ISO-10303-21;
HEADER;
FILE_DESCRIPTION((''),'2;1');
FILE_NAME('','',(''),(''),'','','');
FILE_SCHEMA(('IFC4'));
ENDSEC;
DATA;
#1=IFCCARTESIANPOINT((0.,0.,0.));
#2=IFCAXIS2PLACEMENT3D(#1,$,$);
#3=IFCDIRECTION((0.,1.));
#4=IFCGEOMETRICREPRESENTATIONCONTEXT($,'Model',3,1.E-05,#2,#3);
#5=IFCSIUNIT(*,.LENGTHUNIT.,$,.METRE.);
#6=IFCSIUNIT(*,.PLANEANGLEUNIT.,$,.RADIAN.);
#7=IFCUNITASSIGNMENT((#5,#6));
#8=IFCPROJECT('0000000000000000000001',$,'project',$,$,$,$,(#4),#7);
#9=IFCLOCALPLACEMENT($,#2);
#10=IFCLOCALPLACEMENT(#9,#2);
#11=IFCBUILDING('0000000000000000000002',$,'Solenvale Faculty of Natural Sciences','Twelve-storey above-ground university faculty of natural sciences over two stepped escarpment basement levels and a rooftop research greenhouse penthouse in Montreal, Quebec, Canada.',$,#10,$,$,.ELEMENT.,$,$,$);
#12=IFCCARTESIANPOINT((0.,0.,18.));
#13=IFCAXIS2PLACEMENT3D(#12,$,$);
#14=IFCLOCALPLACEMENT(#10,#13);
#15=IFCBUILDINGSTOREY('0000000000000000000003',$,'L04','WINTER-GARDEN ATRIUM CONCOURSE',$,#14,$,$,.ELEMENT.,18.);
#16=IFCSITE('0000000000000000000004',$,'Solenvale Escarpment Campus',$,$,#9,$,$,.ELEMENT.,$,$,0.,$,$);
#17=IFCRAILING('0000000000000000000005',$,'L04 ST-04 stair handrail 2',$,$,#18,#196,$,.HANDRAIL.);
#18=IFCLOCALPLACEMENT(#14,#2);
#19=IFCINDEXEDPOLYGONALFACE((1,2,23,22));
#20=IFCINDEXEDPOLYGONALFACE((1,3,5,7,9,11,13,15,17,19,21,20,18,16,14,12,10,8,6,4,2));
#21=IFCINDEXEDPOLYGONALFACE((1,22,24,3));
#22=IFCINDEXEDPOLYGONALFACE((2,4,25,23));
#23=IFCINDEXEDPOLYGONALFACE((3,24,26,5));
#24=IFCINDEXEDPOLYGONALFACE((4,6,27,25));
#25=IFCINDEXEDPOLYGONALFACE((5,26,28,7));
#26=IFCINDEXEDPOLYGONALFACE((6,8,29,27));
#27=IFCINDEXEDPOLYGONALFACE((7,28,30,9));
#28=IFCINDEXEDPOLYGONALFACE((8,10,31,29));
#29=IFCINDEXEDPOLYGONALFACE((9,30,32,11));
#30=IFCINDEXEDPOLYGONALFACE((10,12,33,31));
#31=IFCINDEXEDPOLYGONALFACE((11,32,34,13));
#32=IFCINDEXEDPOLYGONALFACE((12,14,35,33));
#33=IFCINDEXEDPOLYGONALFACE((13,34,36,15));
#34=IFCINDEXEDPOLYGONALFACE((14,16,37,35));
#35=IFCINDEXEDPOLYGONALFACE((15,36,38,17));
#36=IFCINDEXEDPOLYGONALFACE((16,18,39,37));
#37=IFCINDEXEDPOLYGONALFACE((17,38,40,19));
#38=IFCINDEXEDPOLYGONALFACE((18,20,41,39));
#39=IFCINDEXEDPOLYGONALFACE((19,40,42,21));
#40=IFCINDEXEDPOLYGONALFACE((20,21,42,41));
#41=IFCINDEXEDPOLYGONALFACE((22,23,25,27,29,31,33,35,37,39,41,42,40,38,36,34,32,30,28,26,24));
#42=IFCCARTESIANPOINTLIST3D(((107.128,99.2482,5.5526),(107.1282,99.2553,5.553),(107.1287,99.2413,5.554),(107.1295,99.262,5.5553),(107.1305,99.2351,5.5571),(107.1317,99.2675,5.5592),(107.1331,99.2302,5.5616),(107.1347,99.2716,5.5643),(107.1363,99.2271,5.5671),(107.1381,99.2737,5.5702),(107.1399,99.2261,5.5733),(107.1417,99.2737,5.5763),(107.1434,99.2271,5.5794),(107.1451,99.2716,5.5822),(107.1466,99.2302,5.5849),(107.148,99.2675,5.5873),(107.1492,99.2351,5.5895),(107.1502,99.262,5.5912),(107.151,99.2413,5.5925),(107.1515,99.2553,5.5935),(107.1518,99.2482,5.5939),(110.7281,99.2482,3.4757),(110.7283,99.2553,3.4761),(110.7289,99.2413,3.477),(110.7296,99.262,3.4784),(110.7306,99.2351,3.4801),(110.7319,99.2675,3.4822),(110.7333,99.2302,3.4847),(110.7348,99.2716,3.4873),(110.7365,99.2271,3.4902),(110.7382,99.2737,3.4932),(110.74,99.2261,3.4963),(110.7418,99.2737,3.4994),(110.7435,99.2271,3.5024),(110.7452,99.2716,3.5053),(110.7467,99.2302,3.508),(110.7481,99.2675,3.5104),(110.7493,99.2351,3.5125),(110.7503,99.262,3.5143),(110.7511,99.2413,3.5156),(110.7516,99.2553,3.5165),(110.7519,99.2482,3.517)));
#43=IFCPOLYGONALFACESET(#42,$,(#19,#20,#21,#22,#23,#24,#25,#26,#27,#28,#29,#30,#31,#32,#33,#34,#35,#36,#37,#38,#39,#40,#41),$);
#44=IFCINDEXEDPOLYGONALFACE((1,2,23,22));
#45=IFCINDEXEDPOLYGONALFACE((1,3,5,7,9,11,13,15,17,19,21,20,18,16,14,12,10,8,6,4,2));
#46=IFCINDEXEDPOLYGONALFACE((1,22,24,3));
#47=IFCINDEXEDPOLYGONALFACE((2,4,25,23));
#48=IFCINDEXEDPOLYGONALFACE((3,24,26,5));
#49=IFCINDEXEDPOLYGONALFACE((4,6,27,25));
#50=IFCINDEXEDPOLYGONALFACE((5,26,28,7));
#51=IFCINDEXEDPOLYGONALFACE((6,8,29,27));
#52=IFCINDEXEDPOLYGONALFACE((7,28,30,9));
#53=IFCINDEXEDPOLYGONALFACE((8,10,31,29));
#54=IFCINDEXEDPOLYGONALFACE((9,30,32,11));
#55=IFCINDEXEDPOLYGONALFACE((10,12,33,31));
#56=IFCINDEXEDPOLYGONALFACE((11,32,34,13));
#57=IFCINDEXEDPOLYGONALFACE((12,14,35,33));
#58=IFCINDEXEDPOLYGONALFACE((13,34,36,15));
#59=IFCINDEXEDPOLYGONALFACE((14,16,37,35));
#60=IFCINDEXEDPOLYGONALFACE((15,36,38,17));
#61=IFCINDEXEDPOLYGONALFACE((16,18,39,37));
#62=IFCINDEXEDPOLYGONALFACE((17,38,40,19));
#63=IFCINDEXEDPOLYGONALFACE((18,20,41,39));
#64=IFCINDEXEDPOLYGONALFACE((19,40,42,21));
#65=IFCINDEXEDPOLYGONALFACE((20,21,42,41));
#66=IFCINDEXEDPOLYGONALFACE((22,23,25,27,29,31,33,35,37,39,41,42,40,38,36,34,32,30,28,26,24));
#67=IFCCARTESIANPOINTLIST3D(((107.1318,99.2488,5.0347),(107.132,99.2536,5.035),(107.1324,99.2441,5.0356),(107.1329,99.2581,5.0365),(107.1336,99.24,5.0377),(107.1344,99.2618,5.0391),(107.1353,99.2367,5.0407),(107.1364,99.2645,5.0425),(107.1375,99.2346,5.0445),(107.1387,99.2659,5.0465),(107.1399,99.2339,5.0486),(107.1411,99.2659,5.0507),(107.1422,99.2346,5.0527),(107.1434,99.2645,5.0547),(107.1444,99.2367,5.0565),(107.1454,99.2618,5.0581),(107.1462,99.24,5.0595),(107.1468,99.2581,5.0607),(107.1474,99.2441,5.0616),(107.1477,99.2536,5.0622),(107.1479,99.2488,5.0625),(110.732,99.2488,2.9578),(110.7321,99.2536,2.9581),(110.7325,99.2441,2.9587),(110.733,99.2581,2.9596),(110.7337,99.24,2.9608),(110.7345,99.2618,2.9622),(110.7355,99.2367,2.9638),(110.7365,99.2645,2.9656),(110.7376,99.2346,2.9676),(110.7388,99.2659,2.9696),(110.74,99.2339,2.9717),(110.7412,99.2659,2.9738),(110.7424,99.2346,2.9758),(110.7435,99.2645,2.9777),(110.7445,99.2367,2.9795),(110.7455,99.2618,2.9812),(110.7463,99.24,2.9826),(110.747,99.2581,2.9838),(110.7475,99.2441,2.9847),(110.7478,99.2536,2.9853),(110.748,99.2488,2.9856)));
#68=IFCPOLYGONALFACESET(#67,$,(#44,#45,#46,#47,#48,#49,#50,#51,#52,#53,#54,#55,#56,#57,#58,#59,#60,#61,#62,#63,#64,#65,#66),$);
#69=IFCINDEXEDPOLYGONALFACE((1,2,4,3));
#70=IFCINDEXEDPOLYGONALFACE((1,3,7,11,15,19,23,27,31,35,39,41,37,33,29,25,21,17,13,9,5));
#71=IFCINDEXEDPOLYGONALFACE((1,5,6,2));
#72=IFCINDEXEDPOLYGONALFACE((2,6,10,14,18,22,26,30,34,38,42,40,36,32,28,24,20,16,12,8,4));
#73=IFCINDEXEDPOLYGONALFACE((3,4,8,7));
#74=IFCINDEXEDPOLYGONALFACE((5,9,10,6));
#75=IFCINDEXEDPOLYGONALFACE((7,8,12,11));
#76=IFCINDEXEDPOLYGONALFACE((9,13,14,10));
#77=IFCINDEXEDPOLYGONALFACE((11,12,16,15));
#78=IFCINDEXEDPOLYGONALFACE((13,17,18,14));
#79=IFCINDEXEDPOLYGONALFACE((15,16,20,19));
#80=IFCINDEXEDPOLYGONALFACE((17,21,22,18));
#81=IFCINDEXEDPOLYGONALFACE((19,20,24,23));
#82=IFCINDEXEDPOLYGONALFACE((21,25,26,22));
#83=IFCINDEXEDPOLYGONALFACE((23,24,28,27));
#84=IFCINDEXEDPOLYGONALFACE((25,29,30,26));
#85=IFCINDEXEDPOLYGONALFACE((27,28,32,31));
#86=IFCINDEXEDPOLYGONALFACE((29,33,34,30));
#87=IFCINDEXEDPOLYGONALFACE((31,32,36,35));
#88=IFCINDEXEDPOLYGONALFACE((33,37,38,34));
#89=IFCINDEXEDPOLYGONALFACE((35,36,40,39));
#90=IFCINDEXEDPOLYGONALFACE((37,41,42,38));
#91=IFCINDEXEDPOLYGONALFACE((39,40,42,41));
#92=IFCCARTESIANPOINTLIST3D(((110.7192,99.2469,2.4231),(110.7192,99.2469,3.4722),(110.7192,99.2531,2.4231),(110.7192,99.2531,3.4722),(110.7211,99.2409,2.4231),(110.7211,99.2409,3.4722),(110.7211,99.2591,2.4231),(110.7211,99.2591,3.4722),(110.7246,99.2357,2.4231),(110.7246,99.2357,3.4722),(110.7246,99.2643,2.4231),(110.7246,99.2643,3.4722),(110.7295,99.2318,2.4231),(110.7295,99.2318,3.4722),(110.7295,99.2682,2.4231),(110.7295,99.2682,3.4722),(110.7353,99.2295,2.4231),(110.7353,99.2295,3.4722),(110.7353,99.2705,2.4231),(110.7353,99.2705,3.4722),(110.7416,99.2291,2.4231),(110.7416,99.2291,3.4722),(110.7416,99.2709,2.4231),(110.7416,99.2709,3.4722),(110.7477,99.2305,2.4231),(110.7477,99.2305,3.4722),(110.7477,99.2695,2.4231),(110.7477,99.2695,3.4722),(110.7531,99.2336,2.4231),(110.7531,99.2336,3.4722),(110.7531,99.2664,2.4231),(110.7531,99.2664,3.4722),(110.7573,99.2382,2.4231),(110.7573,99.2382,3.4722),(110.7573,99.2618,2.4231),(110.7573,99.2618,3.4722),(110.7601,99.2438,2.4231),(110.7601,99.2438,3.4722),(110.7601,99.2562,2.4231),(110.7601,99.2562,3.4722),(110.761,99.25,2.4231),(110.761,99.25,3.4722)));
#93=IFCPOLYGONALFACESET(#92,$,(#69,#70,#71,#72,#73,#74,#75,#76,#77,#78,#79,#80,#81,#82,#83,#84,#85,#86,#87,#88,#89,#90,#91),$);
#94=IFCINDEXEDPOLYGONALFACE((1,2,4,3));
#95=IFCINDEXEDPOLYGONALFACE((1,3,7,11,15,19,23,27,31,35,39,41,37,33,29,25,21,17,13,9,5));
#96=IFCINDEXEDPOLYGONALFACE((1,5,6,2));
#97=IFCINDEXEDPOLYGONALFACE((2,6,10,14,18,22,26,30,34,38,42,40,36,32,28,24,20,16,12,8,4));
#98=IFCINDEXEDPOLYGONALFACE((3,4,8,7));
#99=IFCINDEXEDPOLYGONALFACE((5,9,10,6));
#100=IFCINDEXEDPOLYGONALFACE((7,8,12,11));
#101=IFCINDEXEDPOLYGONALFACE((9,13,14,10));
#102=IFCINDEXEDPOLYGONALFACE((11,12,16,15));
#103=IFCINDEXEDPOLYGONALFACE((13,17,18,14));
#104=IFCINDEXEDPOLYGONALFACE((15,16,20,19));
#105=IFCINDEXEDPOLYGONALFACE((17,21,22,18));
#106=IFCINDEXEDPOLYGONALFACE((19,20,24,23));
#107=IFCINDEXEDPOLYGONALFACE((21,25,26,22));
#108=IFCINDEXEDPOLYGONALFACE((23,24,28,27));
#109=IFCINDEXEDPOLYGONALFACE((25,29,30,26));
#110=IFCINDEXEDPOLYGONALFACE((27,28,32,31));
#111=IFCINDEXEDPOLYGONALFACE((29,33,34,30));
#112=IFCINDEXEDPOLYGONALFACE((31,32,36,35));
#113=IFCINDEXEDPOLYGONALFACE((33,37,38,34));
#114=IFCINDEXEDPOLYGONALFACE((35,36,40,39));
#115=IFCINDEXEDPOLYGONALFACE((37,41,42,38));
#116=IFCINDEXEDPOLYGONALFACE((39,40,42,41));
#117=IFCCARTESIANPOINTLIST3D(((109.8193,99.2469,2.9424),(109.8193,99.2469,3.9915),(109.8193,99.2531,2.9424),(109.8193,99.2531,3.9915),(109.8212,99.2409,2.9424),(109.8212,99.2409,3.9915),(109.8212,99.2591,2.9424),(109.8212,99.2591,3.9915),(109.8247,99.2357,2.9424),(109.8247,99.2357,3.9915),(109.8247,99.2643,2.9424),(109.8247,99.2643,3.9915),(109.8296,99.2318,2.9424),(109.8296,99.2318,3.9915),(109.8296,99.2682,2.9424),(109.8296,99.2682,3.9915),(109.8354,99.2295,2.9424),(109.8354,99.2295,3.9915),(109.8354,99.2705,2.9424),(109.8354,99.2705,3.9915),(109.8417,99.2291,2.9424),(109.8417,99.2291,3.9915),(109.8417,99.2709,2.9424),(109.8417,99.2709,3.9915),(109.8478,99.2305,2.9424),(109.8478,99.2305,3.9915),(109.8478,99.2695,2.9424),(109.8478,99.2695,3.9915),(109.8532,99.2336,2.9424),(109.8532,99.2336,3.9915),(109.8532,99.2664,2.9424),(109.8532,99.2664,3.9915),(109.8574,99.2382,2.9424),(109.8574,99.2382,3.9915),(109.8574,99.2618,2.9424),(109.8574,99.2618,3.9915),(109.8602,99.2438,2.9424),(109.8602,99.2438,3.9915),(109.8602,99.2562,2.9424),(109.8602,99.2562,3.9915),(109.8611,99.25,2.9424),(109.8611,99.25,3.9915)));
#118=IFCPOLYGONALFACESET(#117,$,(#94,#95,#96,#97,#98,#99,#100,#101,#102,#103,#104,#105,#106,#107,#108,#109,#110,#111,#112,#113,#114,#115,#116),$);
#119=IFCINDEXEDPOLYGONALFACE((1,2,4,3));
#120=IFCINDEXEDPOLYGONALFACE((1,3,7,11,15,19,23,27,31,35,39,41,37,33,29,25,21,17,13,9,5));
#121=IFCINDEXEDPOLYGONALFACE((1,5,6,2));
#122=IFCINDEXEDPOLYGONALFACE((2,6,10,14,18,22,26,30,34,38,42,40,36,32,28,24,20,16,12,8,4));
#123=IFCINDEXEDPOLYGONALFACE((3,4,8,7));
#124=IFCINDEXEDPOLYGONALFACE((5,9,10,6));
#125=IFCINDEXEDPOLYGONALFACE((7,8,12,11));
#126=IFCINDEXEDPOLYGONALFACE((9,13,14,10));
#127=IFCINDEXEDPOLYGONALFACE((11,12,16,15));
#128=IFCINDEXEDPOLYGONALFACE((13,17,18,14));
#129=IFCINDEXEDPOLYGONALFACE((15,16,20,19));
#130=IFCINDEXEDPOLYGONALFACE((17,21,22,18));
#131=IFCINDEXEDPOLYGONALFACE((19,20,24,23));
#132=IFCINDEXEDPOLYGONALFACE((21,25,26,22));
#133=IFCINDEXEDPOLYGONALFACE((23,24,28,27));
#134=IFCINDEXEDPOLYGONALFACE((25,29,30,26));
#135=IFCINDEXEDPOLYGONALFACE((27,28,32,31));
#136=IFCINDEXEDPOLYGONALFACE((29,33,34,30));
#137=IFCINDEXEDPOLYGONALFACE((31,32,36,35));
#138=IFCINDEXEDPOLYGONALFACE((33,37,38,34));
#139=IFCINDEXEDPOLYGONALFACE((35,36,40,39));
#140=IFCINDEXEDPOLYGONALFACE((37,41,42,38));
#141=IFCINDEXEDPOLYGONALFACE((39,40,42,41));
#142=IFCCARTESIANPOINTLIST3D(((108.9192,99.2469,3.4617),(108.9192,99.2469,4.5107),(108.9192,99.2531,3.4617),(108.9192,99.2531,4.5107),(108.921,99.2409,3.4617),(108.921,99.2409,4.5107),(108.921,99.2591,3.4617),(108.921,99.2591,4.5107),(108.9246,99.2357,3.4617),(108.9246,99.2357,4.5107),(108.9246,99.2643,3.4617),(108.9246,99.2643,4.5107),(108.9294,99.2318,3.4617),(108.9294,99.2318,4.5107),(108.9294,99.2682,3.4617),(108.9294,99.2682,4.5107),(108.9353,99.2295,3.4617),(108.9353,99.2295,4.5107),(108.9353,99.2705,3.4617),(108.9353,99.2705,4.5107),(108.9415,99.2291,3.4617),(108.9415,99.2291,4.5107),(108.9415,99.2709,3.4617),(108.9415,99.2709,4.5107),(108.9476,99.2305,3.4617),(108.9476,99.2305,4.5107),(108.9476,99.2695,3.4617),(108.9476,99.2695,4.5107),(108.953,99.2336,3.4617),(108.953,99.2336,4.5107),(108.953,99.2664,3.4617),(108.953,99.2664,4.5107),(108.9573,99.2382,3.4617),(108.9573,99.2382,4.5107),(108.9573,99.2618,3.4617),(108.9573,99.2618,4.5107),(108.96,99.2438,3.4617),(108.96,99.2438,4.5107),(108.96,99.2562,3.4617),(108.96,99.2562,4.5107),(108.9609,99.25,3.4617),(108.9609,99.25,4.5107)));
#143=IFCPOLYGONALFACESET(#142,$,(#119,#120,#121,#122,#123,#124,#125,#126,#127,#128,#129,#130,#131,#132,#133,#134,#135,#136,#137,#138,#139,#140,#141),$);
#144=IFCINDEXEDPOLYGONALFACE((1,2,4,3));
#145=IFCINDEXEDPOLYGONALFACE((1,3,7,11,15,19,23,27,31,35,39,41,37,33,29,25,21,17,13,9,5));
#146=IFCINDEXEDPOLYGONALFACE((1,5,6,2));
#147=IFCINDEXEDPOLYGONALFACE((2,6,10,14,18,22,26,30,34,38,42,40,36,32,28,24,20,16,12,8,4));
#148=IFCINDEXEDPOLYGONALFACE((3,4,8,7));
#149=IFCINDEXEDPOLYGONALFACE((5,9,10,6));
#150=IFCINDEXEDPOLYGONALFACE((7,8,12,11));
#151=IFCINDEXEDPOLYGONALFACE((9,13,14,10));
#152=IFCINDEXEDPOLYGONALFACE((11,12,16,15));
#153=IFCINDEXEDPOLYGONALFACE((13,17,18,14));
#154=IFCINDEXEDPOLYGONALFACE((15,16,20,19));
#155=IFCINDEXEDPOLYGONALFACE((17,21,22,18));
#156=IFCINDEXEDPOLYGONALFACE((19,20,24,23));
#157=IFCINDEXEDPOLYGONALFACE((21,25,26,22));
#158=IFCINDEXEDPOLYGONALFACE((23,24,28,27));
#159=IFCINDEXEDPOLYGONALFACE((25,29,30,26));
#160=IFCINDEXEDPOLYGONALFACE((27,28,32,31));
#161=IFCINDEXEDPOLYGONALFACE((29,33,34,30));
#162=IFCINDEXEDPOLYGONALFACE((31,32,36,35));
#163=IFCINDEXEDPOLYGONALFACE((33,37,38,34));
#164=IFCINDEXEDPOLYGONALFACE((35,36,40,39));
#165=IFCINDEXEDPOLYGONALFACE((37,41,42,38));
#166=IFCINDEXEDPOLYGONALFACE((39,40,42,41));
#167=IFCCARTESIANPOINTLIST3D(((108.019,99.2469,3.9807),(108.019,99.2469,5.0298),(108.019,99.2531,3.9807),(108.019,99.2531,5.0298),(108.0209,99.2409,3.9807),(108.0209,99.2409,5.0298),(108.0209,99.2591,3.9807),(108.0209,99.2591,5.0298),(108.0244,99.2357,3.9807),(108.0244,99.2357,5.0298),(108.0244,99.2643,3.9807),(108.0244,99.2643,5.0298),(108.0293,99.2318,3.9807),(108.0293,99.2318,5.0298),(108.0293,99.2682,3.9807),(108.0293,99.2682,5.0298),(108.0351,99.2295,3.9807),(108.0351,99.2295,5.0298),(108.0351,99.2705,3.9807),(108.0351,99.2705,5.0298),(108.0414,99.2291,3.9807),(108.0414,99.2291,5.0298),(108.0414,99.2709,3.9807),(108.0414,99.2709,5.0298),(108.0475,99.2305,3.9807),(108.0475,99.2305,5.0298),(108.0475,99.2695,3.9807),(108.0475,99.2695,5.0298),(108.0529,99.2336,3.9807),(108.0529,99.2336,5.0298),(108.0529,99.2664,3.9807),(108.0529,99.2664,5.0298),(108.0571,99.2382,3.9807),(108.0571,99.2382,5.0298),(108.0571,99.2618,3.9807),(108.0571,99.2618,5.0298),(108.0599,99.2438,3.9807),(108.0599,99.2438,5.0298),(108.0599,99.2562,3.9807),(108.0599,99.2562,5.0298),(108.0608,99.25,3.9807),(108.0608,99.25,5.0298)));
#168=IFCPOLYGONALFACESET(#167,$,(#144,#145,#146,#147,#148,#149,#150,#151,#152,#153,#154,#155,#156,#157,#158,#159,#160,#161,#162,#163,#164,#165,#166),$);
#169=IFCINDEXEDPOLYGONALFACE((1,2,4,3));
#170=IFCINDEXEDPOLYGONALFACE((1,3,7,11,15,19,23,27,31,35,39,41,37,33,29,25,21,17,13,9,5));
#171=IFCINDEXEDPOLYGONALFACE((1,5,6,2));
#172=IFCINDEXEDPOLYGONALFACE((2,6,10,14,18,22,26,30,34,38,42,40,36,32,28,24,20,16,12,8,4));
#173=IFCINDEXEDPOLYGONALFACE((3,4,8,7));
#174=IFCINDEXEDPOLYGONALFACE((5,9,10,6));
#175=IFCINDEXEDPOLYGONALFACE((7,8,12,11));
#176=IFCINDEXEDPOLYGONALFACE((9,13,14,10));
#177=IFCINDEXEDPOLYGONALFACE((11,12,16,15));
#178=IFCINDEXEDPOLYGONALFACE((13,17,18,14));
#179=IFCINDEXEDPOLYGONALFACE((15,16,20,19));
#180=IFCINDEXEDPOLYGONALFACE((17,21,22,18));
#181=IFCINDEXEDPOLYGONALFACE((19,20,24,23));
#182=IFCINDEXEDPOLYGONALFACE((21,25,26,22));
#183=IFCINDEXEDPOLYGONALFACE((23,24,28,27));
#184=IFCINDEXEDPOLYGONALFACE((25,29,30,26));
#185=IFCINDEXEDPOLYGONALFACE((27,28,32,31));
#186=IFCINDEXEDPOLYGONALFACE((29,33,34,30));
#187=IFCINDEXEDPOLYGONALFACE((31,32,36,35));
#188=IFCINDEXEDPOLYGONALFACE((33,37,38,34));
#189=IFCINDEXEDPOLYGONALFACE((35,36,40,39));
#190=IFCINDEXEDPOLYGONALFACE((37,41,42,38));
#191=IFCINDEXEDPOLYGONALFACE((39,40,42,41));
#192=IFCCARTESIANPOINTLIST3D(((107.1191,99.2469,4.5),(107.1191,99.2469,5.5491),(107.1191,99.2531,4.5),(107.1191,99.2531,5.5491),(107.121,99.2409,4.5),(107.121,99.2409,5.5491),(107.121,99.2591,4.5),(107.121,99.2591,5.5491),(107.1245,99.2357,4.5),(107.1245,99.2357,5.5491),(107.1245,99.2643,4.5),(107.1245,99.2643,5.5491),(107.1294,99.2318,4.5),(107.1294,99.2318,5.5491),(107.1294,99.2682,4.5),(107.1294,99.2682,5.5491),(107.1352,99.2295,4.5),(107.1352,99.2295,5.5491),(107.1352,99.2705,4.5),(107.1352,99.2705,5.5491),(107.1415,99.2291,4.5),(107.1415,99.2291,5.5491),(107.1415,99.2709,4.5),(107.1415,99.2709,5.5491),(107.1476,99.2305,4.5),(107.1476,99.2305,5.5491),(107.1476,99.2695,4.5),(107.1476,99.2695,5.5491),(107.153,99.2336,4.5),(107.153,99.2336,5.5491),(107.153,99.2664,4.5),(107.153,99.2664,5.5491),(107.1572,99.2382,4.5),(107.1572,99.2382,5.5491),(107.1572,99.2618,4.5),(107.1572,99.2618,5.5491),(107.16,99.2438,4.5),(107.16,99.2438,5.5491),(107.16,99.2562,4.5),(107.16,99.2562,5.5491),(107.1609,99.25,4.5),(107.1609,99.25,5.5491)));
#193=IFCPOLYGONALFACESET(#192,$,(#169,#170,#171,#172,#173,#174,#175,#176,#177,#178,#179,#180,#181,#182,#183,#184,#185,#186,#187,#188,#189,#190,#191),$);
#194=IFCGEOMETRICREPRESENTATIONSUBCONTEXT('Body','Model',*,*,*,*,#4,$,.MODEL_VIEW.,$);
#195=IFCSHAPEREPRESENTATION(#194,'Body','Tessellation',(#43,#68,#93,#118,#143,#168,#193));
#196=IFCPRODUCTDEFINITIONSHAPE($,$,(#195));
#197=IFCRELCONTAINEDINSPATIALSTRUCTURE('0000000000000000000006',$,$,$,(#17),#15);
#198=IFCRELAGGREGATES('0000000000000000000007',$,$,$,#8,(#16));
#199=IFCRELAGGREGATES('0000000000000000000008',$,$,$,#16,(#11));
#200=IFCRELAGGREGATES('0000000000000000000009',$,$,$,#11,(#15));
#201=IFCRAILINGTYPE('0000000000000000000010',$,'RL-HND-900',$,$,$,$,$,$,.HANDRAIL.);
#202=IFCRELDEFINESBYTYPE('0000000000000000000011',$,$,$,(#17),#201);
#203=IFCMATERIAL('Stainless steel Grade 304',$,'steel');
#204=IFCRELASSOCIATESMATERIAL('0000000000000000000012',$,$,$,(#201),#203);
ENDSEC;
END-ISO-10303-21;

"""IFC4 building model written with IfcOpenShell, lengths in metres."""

from ifc_helpers import new_model, si_unit, direction, frame, origin, origin_2d, place, context, subcontext, project, spatial, circle, extrude, material, type_object, element, save


model = new_model("IFC4")

# Units and contexts
model_context = context("Model", 3, precision=1e-05, world=origin(), true_north=direction((0.0, 1.0)))
body_context = subcontext(model_context, "Body", "Model", "MODEL_VIEW")
ifc_project = project(units=[si_unit("LENGTHUNIT", "METRE"), si_unit("PLANEANGLEUNIT", "RADIAN")], contexts=[model_context])

# Site, building, storey
site_placement = place(None, origin())
site = spatial("IfcSite", under=ifc_project, at=site_placement, Name="Solenvale Escarpment Campus", CompositionType="ELEMENT", RefElevation=0.0)
building_placement = place(site_placement, origin())
building = spatial("IfcBuilding", under=site, at=building_placement, Name="Solenvale Faculty of Natural Sciences", Description="Twelve-storey above-ground university faculty of natural sciences over two stepped escarpment basement levels and a rooftop research greenhouse penthouse in Montreal, Quebec, Canada.", CompositionType="ELEMENT")
storey_placement = place(building_placement, frame((0.0, 0.0, 18.0)))
storey = spatial("IfcBuildingStorey", under=building, at=storey_placement, Name="L04", Description="WINTER-GARDEN ATRIUM CONCOURSE", CompositionType="ELEMENT", Elevation=18.0)

# Railing
ifc_material_1 = material(Name="Stainless steel Grade 304", Category="steel")
railing_type_1 = type_object("IfcRailingType", Name="RL-HND-900", PredefinedType="HANDRAIL", material=ifc_material_1)
railing_1_placement = place(storey_placement, frame((110.74, 99.25, 2.4231)))
element("IfcRailing", 1, at=railing_1_placement, inside=storey, type_object=railing_type_1, Name="L04 ST-04 stair handrail 2", PredefinedType="HANDRAIL", context=body_context, shape_type="SweptSolid", body=[
    extrude(circle(Radius=0.0239, at=origin_2d()), frame((0.0, 0.0, 1.0732), z_axis=(-0.866193, 0.0, 0.499709), x_axis=(0.0, -1.0, 0.0)), (0.0, 0.0, 1.0), 4.1562),
    extrude(circle(Radius=0.0161, at=origin_2d()), frame((0.0, 0.0, 0.5486), z_axis=(-0.866193, 0.0, 0.499709), x_axis=(0.0, -1.0, 0.0)), (0.0, 0.0, 1.0), 4.1562),
    extrude(circle(Radius=0.021, at=origin_2d()), origin(), (0.0, 0.0, 1.0), 1.0491),
    extrude(circle(Radius=0.021, at=origin_2d()), frame((-0.8999, 0.0, 0.5193)), (0.0, 0.0, 1.0), 1.0491),
    extrude(circle(Radius=0.021, at=origin_2d()), frame((-1.8, 0.0, 1.0386)), (0.0, 0.0, 1.0), 1.0491),
    extrude(circle(Radius=0.021, at=origin_2d()), frame((-2.7002, 0.0, 1.5576)), (0.0, 0.0, 1.0), 1.0491),
    extrude(circle(Radius=0.021, at=origin_2d()), frame((-3.6001, 0.0, 2.0769)), (0.0, 0.0, 1.0), 1.0491),
])

save(model, "model.ifc")
